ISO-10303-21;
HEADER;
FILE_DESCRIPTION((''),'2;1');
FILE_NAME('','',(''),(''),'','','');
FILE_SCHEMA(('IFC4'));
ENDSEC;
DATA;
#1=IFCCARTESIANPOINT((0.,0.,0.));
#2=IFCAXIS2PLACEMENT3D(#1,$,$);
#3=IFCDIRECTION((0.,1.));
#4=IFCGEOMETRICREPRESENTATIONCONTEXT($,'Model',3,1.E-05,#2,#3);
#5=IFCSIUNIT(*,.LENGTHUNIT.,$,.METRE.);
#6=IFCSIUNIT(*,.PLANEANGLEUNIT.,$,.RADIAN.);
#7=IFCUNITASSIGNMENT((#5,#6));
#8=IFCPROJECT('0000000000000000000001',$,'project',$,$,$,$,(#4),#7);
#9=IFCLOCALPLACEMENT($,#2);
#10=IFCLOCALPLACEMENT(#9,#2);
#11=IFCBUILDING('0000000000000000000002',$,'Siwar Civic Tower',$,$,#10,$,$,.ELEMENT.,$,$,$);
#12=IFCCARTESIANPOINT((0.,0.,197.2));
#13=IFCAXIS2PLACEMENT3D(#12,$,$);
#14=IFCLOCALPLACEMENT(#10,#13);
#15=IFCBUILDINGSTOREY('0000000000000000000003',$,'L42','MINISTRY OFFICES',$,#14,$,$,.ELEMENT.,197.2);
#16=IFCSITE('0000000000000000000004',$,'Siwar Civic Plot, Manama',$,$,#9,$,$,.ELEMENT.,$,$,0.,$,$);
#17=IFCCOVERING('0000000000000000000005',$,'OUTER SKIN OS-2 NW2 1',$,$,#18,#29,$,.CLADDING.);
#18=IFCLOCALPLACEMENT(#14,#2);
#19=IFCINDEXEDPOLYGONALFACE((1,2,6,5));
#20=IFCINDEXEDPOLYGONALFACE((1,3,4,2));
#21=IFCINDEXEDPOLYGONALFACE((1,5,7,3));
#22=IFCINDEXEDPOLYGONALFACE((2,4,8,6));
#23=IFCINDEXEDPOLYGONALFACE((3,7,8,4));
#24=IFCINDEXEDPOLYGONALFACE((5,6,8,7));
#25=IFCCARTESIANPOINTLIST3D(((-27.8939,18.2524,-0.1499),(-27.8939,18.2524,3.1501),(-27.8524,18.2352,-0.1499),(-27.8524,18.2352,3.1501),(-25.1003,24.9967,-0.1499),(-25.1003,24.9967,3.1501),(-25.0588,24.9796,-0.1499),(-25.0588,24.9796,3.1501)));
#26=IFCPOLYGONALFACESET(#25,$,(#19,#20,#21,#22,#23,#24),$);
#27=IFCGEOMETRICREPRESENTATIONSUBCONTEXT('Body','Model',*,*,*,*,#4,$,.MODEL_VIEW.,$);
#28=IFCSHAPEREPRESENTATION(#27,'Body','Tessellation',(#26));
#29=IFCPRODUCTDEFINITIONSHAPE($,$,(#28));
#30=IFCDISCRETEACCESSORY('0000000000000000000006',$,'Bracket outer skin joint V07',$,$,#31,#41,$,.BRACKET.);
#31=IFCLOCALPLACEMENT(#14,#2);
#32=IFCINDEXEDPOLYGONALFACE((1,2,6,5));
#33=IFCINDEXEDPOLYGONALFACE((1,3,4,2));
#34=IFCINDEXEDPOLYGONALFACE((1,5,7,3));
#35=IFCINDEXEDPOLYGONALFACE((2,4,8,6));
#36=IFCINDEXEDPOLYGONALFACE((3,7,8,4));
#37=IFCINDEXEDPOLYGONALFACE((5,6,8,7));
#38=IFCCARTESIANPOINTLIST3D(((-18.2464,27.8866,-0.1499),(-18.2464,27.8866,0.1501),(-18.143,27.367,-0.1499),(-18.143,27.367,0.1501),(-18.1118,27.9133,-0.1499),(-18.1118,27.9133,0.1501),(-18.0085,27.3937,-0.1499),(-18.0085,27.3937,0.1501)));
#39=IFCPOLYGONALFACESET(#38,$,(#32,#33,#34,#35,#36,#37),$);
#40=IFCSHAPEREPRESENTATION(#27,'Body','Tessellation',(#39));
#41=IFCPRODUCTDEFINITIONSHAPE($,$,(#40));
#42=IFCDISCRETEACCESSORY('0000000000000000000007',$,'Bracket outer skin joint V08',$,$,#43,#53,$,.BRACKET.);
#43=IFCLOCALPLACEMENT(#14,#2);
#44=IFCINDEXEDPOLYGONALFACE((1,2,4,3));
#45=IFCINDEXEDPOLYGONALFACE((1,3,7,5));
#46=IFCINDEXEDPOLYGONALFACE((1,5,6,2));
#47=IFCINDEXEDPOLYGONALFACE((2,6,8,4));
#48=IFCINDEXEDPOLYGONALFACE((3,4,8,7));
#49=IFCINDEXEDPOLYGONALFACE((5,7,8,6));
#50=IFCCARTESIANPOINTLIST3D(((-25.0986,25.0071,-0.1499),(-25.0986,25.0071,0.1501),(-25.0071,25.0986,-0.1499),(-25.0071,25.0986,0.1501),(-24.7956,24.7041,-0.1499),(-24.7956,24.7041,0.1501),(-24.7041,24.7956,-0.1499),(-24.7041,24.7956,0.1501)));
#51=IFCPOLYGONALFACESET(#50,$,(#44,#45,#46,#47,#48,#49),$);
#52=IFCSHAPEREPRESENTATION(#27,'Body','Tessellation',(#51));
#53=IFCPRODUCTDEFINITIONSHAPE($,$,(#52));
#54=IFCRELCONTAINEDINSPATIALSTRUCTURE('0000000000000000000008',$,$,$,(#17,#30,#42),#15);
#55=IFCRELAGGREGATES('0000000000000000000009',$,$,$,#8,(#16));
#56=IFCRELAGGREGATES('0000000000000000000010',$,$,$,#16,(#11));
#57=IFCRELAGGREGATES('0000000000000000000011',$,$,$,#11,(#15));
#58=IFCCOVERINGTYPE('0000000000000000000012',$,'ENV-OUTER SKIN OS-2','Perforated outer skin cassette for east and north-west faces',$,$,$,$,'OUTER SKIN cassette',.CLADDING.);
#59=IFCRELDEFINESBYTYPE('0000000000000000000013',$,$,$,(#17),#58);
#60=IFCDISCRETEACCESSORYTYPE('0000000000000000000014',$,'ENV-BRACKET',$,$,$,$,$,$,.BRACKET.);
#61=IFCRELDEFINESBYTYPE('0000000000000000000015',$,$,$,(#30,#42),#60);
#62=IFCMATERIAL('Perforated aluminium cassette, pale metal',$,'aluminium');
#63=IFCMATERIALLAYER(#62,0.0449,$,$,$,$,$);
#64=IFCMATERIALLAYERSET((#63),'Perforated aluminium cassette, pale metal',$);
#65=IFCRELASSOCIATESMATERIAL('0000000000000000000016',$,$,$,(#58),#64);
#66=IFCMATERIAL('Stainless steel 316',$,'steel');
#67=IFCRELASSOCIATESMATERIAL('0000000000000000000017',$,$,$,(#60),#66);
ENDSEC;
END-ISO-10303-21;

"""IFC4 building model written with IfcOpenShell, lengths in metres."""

from ifc_helpers import new_model, si_unit, direction, frame, origin, origin_2d, place, context, subcontext, project, spatial, rectangle, extrude, material, layer, layer_set, type_object, element, save


model = new_model("IFC4")

# Units and contexts
model_context = context("Model", 3, precision=1e-05, world=origin(), true_north=direction((0.0, 1.0)))
body_context = subcontext(model_context, "Body", "Model", "MODEL_VIEW")
ifc_project = project(units=[si_unit("LENGTHUNIT", "METRE"), si_unit("PLANEANGLEUNIT", "RADIAN")], contexts=[model_context])

# Site, building, storey
site_placement = place(None, origin())
site = spatial("IfcSite", under=ifc_project, at=site_placement, Name="Siwar Civic Plot, Manama", CompositionType="ELEMENT", RefElevation=0.0)
building_placement = place(site_placement, origin())
building = spatial("IfcBuilding", under=site, at=building_placement, Name="Siwar Civic Tower", CompositionType="ELEMENT")
storey_placement = place(building_placement, frame((0.0, 0.0, 197.2)))
storey = spatial("IfcBuildingStorey", under=building, at=storey_placement, Name="L42", Description="MINISTRY OFFICES", CompositionType="ELEMENT", Elevation=197.2)

# Covering
ifc_material_1 = material(Name="Perforated aluminium cassette, pale metal", Category="aluminium")
ifc_layer_1 = layer(ifc_material_1, 0.0449)
ifc_layer_set_1 = layer_set([ifc_layer_1], Name="Perforated aluminium cassette, pale metal")
covering_type_1 = type_object("IfcCoveringType", Name="ENV-OUTER SKIN OS-2", Description="Perforated outer skin cassette for east and north-west faces", ElementType="OUTER SKIN cassette", PredefinedType="CLADDING", material=ifc_layer_set_1)
covering_1_placement = place(storey_placement, frame((-26.4763, 21.616, -0.1499), z_axis=(0.0, 0.0, 1.0), x_axis=(-0.382683, -0.92388, 0.0)))
element("IfcCovering", 1, at=covering_1_placement, inside=storey, type_object=covering_type_1, Name="OUTER SKIN OS-2 NW2 1", PredefinedType="CLADDING", context=body_context, shape_type="SweptSolid", body=[
    extrude(rectangle(XDim=7.3, YDim=0.0449, at=origin_2d()), origin(), (0.0, 0.0, 1.0), 3.3),
])

# Discrete accessories
ifc_material_2 = material(Name="Stainless steel 316", Category="steel")
discrete_accessory_type = type_object("IfcDiscreteAccessoryType", Name="ENV-BRACKET", PredefinedType="BRACKET", material=ifc_material_2)
discrete_accessory_1_placement = place(storey_placement, frame((-18.1274, 27.6401, -0.1499), z_axis=(0.0, 0.0, 1.0), x_axis=(-0.19509, 0.980785, 0.0)))
element("IfcDiscreteAccessory", 2, at=discrete_accessory_1_placement, inside=storey, type_object=discrete_accessory_type, Name="Bracket outer skin joint V07", PredefinedType="BRACKET", context=body_context, shape_type="SweptSolid", body=[
    extrude(rectangle(XDim=0.5298, YDim=0.1372, at=origin_2d()), origin(), (0.0, 0.0, 1.0), 0.3),
])
discrete_accessory_2_placement = place(storey_placement, frame((-24.9014, 24.9014, -0.1499), z_axis=(0.0, 0.0, 1.0), x_axis=(-0.707107, 0.707107, 0.0)))
element("IfcDiscreteAccessory", 3, at=discrete_accessory_2_placement, inside=storey, type_object=discrete_accessory_type, Name="Bracket outer skin joint V08", PredefinedType="BRACKET", context=body_context, shape_type="SweptSolid", body=[
    extrude(rectangle(XDim=0.4285, YDim=0.1294, at=origin_2d()), origin(), (0.0, 0.0, 1.0), 0.3),
])

save(model, "model.ifc")
